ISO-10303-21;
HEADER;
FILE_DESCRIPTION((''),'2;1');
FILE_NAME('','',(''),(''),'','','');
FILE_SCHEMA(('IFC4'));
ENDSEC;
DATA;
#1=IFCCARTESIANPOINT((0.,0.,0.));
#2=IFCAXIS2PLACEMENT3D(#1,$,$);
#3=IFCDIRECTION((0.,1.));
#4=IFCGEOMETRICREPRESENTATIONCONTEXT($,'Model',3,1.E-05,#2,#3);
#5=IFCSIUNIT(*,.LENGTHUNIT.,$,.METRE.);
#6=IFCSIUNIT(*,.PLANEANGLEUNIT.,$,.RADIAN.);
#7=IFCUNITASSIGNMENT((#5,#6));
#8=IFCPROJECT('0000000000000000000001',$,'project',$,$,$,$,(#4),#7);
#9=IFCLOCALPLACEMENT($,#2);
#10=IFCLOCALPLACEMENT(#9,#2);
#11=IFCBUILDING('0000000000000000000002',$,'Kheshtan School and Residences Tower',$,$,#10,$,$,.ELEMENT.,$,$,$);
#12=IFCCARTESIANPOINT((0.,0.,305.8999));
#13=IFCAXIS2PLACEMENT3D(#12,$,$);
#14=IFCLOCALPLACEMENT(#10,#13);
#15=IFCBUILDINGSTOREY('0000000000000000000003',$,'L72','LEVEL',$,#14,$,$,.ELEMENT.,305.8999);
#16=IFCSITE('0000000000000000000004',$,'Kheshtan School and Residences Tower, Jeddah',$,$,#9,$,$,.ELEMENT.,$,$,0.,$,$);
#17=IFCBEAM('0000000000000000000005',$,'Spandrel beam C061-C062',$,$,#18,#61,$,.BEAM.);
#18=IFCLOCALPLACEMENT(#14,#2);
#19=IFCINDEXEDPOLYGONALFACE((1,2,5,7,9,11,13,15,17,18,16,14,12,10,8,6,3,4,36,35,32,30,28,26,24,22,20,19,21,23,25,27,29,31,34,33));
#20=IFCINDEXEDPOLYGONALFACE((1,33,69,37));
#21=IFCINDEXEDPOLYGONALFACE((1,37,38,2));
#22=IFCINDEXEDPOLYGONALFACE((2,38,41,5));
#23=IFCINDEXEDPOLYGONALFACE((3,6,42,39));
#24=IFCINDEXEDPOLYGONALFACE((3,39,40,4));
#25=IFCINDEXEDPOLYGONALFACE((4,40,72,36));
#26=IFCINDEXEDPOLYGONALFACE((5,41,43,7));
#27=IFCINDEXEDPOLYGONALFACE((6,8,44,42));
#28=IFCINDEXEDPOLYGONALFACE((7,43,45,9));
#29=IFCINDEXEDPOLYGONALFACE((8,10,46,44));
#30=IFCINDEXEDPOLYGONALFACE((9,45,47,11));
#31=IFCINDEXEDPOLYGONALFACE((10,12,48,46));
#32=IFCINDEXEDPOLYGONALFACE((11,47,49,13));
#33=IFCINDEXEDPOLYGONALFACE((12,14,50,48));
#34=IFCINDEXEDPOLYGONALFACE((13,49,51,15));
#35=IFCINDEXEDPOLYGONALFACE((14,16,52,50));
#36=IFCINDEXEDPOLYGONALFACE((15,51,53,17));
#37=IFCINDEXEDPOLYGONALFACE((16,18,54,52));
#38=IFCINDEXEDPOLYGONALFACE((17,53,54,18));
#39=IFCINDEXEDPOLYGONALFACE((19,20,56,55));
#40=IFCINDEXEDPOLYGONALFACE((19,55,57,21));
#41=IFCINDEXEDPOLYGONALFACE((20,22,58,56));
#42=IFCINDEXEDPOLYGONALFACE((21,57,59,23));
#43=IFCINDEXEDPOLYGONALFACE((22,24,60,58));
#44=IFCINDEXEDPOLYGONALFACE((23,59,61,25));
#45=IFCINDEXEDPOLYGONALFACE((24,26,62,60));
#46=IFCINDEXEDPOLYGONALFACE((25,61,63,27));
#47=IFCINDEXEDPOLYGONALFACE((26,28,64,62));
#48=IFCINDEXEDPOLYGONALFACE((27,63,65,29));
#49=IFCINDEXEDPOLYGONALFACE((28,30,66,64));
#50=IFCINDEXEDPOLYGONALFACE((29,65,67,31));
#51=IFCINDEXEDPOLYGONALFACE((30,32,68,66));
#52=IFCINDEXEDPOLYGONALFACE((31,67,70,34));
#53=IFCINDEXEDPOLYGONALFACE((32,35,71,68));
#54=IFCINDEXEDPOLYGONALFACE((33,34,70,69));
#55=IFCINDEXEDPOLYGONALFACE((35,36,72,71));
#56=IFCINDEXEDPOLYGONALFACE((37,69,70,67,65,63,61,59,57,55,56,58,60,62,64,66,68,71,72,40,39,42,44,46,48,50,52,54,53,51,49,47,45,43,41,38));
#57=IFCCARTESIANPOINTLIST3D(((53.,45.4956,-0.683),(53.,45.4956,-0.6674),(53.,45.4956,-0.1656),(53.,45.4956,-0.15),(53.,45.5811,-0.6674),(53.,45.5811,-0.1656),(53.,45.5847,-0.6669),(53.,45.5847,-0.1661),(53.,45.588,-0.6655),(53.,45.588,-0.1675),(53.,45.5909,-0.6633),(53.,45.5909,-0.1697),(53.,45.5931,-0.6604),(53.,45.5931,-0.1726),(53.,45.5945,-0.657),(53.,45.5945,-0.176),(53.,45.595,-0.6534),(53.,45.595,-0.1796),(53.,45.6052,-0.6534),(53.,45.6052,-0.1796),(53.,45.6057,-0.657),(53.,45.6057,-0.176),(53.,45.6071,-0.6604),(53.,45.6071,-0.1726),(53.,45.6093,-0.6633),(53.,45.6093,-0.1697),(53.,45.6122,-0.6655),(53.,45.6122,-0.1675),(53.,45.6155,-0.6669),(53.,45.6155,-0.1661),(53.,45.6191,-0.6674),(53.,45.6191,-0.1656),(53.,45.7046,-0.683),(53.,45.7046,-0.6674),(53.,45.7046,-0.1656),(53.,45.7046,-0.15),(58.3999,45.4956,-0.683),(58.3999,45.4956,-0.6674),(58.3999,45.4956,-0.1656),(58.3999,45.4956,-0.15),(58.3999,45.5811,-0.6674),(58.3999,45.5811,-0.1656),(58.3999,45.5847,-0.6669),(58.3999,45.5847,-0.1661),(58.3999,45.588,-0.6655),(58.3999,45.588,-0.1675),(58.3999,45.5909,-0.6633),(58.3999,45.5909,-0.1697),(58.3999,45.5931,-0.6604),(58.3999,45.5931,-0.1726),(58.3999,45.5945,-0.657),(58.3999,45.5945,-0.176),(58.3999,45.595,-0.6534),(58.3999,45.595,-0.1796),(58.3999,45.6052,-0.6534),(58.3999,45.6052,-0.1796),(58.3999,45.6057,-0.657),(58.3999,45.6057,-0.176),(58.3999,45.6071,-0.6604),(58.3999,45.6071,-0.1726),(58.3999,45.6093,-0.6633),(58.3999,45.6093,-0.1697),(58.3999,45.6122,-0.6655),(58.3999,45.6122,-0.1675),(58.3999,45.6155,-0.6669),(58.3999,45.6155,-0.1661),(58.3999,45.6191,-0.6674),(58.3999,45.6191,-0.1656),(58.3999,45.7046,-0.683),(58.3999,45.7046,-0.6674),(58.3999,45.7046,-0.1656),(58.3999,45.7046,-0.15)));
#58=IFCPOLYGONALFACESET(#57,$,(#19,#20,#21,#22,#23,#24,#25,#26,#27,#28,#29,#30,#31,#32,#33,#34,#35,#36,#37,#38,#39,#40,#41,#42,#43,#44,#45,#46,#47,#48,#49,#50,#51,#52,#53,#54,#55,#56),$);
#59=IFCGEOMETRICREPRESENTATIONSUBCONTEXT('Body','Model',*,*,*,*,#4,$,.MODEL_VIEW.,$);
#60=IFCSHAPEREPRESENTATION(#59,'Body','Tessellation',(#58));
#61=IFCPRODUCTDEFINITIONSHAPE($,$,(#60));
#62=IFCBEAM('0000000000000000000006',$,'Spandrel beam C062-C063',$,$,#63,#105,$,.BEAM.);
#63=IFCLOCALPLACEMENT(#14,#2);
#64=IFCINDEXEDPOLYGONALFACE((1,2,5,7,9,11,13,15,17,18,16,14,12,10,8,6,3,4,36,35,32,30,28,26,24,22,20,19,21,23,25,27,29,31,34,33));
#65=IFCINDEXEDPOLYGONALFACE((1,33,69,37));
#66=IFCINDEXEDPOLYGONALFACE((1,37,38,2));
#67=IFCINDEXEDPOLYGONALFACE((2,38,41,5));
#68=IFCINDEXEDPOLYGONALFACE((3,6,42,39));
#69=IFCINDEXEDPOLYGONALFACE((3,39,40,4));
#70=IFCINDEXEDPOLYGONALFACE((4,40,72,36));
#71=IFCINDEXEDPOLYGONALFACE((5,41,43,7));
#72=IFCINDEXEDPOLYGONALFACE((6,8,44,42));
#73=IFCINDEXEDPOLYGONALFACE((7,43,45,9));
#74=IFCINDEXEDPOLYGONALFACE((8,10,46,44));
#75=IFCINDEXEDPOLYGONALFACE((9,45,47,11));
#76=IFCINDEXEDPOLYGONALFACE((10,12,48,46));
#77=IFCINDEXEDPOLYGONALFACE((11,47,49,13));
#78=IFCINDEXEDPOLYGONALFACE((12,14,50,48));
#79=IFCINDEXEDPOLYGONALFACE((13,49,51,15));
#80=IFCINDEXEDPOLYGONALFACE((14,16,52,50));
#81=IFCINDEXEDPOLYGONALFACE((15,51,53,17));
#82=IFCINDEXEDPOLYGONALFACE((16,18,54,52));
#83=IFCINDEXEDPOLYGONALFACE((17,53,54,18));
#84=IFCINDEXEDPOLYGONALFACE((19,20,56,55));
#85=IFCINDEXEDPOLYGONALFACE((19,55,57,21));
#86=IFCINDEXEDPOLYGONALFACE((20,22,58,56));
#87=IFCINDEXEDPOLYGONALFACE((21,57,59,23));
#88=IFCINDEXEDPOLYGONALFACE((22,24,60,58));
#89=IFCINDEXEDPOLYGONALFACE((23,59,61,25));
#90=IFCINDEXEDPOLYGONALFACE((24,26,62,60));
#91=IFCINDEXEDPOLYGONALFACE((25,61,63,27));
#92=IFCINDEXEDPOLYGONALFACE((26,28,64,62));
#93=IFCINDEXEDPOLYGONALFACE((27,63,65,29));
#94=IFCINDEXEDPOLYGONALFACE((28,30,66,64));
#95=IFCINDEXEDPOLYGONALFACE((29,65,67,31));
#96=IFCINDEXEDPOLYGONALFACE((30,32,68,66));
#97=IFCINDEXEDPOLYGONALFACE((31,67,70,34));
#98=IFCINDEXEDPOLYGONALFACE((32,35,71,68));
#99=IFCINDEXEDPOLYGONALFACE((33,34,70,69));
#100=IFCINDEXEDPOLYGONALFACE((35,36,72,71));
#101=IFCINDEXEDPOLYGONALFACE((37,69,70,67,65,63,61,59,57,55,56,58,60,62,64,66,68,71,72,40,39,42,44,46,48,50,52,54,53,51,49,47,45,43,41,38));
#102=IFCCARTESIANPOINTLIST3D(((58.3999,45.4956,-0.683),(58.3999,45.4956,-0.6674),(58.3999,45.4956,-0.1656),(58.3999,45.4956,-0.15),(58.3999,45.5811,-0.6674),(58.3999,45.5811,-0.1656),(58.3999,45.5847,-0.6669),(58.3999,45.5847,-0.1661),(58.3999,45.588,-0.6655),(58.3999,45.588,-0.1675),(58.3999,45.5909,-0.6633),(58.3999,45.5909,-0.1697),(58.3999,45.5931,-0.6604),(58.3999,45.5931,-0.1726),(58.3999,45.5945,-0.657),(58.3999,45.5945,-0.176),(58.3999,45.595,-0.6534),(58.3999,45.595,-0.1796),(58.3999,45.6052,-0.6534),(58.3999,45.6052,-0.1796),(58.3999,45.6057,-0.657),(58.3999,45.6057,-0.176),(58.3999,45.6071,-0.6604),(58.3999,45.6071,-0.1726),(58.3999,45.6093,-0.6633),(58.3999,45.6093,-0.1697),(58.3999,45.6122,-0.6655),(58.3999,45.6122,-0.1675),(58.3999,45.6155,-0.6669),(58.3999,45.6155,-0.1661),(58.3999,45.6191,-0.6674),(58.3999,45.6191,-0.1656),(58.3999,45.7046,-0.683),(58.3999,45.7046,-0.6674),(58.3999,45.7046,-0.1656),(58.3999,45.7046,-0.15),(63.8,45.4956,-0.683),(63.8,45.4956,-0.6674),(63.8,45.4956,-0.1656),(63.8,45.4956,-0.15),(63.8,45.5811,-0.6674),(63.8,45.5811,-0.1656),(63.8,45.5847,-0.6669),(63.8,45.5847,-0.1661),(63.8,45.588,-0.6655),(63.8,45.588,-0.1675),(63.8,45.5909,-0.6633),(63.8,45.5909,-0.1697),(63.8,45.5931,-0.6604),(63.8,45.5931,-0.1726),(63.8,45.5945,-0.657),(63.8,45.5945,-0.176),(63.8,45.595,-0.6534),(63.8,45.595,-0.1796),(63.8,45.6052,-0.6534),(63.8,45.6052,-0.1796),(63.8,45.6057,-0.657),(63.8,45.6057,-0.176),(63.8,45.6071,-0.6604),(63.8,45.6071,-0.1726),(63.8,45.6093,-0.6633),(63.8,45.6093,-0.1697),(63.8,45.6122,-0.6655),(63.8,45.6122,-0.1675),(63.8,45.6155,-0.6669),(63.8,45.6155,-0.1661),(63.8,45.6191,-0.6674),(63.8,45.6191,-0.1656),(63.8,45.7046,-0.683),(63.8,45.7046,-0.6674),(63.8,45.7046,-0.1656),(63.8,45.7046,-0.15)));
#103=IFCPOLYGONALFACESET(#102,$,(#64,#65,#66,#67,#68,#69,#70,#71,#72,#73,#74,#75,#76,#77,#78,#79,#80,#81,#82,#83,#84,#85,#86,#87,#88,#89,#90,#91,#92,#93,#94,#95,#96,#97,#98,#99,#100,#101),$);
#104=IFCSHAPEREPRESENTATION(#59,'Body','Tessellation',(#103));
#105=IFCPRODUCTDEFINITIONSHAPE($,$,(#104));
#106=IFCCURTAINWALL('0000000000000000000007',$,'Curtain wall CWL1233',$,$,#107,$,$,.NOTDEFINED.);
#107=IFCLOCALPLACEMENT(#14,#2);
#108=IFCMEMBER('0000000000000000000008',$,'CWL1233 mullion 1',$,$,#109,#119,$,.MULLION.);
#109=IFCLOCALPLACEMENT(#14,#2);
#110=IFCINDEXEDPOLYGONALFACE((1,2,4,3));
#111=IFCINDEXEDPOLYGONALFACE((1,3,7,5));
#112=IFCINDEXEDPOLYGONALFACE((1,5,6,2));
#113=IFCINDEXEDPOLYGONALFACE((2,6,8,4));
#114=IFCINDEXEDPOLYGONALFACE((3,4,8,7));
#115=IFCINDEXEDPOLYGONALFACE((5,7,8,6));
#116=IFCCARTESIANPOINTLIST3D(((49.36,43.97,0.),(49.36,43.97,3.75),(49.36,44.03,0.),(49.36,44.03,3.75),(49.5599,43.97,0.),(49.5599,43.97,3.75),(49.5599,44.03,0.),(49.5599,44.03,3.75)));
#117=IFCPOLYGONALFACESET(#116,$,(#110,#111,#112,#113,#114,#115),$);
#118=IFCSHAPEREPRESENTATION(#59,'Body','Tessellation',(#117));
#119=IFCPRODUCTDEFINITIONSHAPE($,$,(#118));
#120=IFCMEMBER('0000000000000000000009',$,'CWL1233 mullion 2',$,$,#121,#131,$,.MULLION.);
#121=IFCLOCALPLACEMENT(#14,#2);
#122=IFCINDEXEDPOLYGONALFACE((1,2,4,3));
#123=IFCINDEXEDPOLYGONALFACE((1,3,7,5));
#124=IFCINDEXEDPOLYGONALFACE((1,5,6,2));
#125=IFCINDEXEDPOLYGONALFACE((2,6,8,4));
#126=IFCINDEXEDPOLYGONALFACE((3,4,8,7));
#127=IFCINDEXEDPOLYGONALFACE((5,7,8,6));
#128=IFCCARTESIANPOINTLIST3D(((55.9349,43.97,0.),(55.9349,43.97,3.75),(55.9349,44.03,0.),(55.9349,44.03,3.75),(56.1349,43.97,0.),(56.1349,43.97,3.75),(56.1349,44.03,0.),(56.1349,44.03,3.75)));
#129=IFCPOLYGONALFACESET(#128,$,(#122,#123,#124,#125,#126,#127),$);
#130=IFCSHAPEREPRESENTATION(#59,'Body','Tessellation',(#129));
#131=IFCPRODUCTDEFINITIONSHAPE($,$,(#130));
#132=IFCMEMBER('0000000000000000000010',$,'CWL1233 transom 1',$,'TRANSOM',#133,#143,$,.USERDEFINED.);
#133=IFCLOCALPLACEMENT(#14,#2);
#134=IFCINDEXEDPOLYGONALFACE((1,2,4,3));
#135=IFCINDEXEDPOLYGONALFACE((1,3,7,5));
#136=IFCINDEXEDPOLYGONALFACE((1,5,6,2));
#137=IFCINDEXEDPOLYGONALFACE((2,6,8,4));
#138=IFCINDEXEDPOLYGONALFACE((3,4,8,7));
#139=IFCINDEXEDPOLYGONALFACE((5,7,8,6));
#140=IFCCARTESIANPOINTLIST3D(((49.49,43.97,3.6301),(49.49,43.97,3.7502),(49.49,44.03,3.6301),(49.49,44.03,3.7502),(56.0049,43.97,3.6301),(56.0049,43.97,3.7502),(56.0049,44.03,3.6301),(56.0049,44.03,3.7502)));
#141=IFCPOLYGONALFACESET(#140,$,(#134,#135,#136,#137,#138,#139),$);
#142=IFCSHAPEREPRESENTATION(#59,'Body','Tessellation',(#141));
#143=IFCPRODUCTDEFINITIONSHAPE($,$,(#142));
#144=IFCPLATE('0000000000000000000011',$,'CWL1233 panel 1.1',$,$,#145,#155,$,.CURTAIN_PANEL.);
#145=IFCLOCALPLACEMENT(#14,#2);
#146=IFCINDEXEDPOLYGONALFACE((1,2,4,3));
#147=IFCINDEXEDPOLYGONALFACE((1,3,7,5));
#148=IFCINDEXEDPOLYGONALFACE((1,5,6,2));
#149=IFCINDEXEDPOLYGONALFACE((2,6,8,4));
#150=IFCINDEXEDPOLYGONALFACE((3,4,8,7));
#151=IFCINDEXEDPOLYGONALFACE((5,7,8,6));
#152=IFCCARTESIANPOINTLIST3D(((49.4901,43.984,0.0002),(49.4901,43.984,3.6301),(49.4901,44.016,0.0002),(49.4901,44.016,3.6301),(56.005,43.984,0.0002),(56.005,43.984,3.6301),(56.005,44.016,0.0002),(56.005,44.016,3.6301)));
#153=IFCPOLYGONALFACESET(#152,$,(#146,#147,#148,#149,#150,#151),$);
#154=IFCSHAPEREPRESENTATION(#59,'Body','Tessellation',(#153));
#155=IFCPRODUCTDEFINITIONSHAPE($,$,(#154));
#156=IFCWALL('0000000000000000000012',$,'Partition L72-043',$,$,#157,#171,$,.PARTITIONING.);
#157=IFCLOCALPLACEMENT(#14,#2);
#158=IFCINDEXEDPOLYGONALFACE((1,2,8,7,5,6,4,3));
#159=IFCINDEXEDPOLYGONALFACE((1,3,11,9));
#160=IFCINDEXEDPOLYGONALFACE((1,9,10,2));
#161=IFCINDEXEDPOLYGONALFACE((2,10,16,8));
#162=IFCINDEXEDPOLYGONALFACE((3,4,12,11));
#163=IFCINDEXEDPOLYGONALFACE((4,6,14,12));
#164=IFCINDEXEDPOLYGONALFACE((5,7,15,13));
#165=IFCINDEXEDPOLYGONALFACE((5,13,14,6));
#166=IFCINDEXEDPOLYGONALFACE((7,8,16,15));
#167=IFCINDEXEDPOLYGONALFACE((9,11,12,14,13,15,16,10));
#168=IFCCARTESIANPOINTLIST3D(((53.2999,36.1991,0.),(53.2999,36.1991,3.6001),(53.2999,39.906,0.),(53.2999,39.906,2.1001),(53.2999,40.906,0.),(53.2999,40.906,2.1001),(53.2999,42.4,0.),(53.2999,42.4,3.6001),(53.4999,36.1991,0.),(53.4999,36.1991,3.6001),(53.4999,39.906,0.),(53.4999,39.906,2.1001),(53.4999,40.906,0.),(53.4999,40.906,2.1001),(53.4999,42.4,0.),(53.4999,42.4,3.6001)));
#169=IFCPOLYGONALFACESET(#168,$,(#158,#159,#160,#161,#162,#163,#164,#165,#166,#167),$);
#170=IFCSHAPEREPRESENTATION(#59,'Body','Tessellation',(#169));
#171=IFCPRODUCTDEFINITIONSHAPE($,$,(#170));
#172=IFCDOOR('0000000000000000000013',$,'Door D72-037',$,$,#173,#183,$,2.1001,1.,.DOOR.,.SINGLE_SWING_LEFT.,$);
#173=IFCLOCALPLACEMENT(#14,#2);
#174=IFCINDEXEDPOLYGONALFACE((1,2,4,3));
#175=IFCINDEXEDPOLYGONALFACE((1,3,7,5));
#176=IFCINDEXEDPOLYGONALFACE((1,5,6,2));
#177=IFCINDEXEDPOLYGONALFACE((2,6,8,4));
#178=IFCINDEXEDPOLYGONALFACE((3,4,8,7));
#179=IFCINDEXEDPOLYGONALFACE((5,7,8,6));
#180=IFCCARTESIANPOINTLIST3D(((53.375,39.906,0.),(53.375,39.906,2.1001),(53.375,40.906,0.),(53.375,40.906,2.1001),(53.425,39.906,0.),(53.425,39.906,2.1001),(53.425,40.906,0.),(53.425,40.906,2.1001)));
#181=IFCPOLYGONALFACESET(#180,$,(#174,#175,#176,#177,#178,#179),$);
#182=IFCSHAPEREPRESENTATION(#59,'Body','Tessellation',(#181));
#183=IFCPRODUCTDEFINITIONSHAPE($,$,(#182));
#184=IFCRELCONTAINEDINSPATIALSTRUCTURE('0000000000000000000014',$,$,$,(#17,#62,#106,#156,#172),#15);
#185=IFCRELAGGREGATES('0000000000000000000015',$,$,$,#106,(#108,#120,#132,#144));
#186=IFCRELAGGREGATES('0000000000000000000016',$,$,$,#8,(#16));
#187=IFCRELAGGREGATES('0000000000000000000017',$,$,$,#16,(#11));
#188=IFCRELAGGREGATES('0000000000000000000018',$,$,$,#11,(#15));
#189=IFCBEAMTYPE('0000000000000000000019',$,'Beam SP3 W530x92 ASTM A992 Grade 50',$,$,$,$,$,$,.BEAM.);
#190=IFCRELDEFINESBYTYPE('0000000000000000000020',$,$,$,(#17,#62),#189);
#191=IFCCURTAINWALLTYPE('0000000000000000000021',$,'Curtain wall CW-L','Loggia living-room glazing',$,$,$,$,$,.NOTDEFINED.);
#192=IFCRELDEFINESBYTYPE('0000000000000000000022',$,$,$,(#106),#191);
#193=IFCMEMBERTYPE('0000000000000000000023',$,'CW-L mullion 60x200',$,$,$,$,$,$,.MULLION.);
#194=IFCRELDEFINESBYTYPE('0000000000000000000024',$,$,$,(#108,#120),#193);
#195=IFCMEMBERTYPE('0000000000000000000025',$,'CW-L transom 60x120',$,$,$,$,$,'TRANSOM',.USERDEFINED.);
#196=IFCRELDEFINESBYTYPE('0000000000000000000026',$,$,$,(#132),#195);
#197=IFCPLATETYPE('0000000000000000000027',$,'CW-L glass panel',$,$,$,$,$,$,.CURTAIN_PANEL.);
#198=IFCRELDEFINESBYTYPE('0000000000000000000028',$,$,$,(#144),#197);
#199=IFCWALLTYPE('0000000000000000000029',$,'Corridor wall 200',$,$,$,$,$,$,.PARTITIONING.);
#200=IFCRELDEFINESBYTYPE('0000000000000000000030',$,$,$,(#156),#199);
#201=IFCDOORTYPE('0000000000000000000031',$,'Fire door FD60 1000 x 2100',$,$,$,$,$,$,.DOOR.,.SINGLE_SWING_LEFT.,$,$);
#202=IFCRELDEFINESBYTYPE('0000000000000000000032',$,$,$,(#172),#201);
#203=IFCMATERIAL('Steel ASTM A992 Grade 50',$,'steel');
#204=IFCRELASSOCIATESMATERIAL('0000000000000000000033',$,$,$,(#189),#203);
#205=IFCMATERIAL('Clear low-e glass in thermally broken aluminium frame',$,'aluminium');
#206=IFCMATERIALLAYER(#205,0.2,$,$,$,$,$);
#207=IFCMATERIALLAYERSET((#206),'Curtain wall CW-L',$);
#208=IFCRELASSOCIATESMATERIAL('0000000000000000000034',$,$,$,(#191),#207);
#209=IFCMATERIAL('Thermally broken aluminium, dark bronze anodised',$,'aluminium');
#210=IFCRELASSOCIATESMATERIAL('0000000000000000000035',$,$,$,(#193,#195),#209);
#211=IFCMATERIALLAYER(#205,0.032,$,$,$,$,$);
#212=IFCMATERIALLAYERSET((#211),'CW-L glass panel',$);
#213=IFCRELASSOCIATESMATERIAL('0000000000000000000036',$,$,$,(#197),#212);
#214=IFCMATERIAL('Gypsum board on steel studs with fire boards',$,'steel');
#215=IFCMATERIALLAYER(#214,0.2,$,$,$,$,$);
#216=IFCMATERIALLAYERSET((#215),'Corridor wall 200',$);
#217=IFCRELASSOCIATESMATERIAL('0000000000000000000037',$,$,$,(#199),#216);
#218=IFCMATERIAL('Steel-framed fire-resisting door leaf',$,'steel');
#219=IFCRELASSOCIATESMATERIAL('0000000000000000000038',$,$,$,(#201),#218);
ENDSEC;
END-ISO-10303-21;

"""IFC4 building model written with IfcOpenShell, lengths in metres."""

from ifc_helpers import new_model, si_unit, direction, frame, frame_2d, origin, origin_2d, place, context, subcontext, project, spatial, rectangle, i_section, extrude, source, transform, mapped, material, layer, layer_set, material_profile, profile_set, type_object, element, fill, aggregate, save


model = new_model("IFC4")

# Units and contexts
model_context = context("Model", 3, precision=1e-05, world=origin(), true_north=direction((0.0, 1.0)))
body_context = subcontext(model_context, "Body", "Model", "MODEL_VIEW")
ifc_project = project(units=[si_unit("LENGTHUNIT", "METRE"), si_unit("PLANEANGLEUNIT", "RADIAN")], contexts=[model_context])

# Site, building, storey
site_placement = place(None, origin())
site = spatial("IfcSite", under=ifc_project, at=site_placement, Name="Kheshtan School and Residences Tower, Jeddah", CompositionType="ELEMENT", RefElevation=0.0)
building_placement = place(site_placement, origin())
building = spatial("IfcBuilding", under=site, at=building_placement, Name="Kheshtan School and Residences Tower", CompositionType="ELEMENT")
storey_placement = place(building_placement, frame((0.0, 0.0, 305.8999)))
storey = spatial("IfcBuildingStorey", under=building, at=storey_placement, Name="L72", Description="LEVEL", CompositionType="ELEMENT", Elevation=305.8999)

# Shared definitions
ifc_material_1 = material(Name="Steel ASTM A992 Grade 50", Category="steel")

# Beams
ifc_material_profile_1 = material_profile(ifc_material_1, i_section(OverallWidth=0.209, OverallDepth=0.533, WebThickness=0.0103, FlangeThickness=0.0156, FilletRadius=0.0139, at=origin_2d()), Name="W530x92")
ifc_profile_set_1 = profile_set([ifc_material_profile_1], Name="Steel ASTM A992 Grade 50")
beam_type = type_object("IfcBeamType", Name="Beam SP3 W530x92 ASTM A992 Grade 50", PredefinedType="BEAM", material=ifc_profile_set_1)
beam_1_placement = place(storey_placement, frame((53.0, 45.6001, -0.4165), z_axis=(1.0, 0.0, 0.0), x_axis=(0.0, 1.0, 0.0)))
element("IfcBeam", 1, at=beam_1_placement, inside=storey, type_object=beam_type, Name="Spandrel beam C061-C062", PredefinedType="BEAM", context=body_context, shape_type="SweptSolid", body=[
    extrude(i_section(OverallWidth=0.209, OverallDepth=0.533, WebThickness=0.0103, FlangeThickness=0.0156, FilletRadius=0.0139, at=origin_2d()), origin(), (0.0, 0.0, 1.0), 5.3999),
])
beam_2_placement = place(storey_placement, frame((58.3999, 45.6001, -0.4165), z_axis=(1.0, 0.0, 0.0), x_axis=(0.0, 1.0, 0.0)))
element("IfcBeam", 2, at=beam_2_placement, inside=storey, type_object=beam_type, Name="Spandrel beam C062-C063", PredefinedType="BEAM", context=body_context, shape_type="SweptSolid", body=[
    extrude(i_section(OverallWidth=0.209, OverallDepth=0.533, WebThickness=0.0103, FlangeThickness=0.0156, FilletRadius=0.0139, at=origin_2d()), origin(), (0.0, 0.0, 1.0), 5.4001),
])

# Curtain wall, members, plate
ifc_material_2 = material(Name="Clear low-e glass in thermally broken aluminium frame", Category="aluminium")
ifc_layer_1 = layer(ifc_material_2, 0.2)
ifc_layer_set_1 = layer_set([ifc_layer_1], Name="Curtain wall CW-L")
curtain_wall_type = type_object("IfcCurtainWallType", Name="Curtain wall CW-L", Description="Loggia living-room glazing", PredefinedType="NOTDEFINED", material=ifc_layer_set_1)
curtain_wall_placement = place(storey_placement, origin())
curtain_wall = element("IfcCurtainWall", 3, at=curtain_wall_placement, inside=storey, type_object=curtain_wall_type, Name="Curtain wall CWL1233", PredefinedType="NOTDEFINED")
ifc_material_3 = material(Name="Thermally broken aluminium, dark bronze anodised", Category="aluminium")
ifc_material_profile_2 = material_profile(ifc_material_3, rectangle(XDim=0.0601, YDim=0.2, at=origin_2d()), Name="CW-L mullion 60x200")
ifc_profile_set_2 = profile_set([ifc_material_profile_2], Name="Thermally broken aluminium, dark bronze anodised")
member_type_1 = type_object("IfcMemberType", Name="CW-L mullion 60x200", PredefinedType="MULLION", material=ifc_profile_set_2)
member_1_placement = place(storey_placement, frame((49.46, 44.0, 0.0), z_axis=(0.0, 0.0, 1.0), x_axis=(0.0, 1.0, 0.0)))
member_1 = element("IfcMember", 4, at=member_1_placement, type_object=member_type_1, Name="CWL1233 mullion 1", PredefinedType="MULLION", context=body_context, shape_type="SweptSolid", body=[
    extrude(rectangle(XDim=0.0601, YDim=0.2, at=origin_2d()), origin(), (0.0, 0.0, 1.0), 3.75),
])
member_2_placement = place(storey_placement, frame((56.0349, 44.0, 0.0), z_axis=(0.0, 0.0, 1.0), x_axis=(0.0, 1.0, 0.0)))
member_2 = element("IfcMember", 5, at=member_2_placement, type_object=member_type_1, Name="CWL1233 mullion 2", PredefinedType="MULLION", context=body_context, shape_type="SweptSolid", body=[
    extrude(rectangle(XDim=0.0601, YDim=0.2, at=origin_2d()), origin(), (0.0, 0.0, 1.0), 3.75),
])
ifc_material_profile_3 = material_profile(ifc_material_3, rectangle(XDim=0.0601, YDim=0.1201, at=origin_2d()), Name="CW-L transom 60x120")
ifc_profile_set_3 = profile_set([ifc_material_profile_3], Name="Thermally broken aluminium, dark bronze anodised")
member_type_2 = type_object("IfcMemberType", Name="CW-L transom 60x120", ElementType="TRANSOM", PredefinedType="USERDEFINED", material=ifc_profile_set_3)
member_3_placement = place(storey_placement, frame((49.49, 44.0, 3.6902), z_axis=(1.0, 0.0, 0.0), x_axis=(0.0, 1.0, 0.0)))
member_3 = element("IfcMember", 6, at=member_3_placement, type_object=member_type_2, Name="CWL1233 transom 1", ObjectType="TRANSOM", PredefinedType="USERDEFINED", context=body_context, shape_type="SweptSolid", body=[
    extrude(rectangle(XDim=0.0601, YDim=0.1201, at=origin_2d()), origin(), (0.0, 0.0, 1.0), 6.5149),
])
ifc_layer_2 = layer(ifc_material_2, 0.032)
ifc_layer_set_2 = layer_set([ifc_layer_2], Name="CW-L glass panel")
plate_type = type_object("IfcPlateType", Name="CW-L glass panel", PredefinedType="CURTAIN_PANEL", material=ifc_layer_set_2)
plate_placement = place(storey_placement, frame((52.7476, 44.0, 0.0002), z_axis=(0.0, 0.0, 1.0), x_axis=(1.0, 0.0, 0.0)))
plate = element("IfcPlate", 7, at=plate_placement, type_object=plate_type, Name="CWL1233 panel 1.1", PredefinedType="CURTAIN_PANEL", context=body_context, shape_type="SweptSolid", body=[
    extrude(rectangle(XDim=6.5149, YDim=0.032, at=origin_2d()), origin(), (0.0, 0.0, 1.0), 3.6299),
])
aggregate(curtain_wall, [member_1, member_2, member_3, plate])

# Wall, opening, door
ifc_material_4 = material(Name="Gypsum board on steel studs with fire boards", Category="steel")
ifc_layer_3 = layer(ifc_material_4, 0.2)
ifc_layer_set_3 = layer_set([ifc_layer_3], Name="Corridor wall 200")
wall_type_1 = type_object("IfcWallType", Name="Corridor wall 200", PredefinedType="PARTITIONING", material=ifc_layer_set_3)
wall_1_placement = place(storey_placement, frame((53.3999, 36.199, 0.0), z_axis=(0.0, 0.0, 1.0), x_axis=(0.0, 1.0, 0.0)))
wall_1 = element("IfcWall", 8, at=wall_1_placement, inside=storey, type_object=wall_type_1, Name="Partition L72-043", PredefinedType="PARTITIONING", context=body_context, shape_type="SweptSolid", body=[
    extrude(rectangle(XDim=6.2009, YDim=0.2, at=frame_2d((3.1006, 0.0))), origin(), (0.0, 0.0, 1.0), 3.6001),
])
opening_1_placement = place(wall_1_placement, frame((3.707, 0.0, 0.0)))
opening_1 = element("IfcOpeningElement", 9, at=opening_1_placement, cuts=wall_1, PredefinedType="OPENING", context=body_context, shape_type="SweptSolid", body=[
    extrude(rectangle(XDim=1.0, YDim=2.1001, at=frame_2d((0.5, 1.05))), frame((0.0, 0.1099, 0.0), z_axis=(0.0, -1.0, 0.0), x_axis=(1.0, 0.0, 0.0)), (0.0, 0.0, 1.0), 0.22),
])
ifc_material_5 = material(Name="Steel-framed fire-resisting door leaf", Category="steel")
door_type_1 = type_object("IfcDoorType", Name="Fire door FD60 1000 x 2100", OperationType="SINGLE_SWING_LEFT", PredefinedType="DOOR", material=ifc_material_5)
shared_shape_1 = source(origin(), body_context, "Body", "SweptSolid", [
    extrude(rectangle(XDim=1.0, YDim=2.1001, at=frame_2d((0.5, 1.05))), frame((0.0, 0.0249, 0.0), z_axis=(0.0, -1.0, 0.0), x_axis=(1.0, 0.0, 0.0)), (0.0, 0.0, 1.0), 0.05),
])
door_1_placement = place(opening_1_placement, origin())
door_1 = element("IfcDoor", 10, at=door_1_placement, inside=storey, type_object=door_type_1, Name="Door D72-037", OperationType="SINGLE_SWING_LEFT", OverallHeight=2.1001, OverallWidth=1.0, PredefinedType="DOOR", context=body_context, shape_type="MappedRepresentation", body=[
    mapped(shared_shape_1, transform((0.0, 0.0, 0.0), x_axis=(1.0, 0.0, 0.0), y_axis=(0.0, 1.0, 0.0), z_axis=(0.0, 0.0, 1.0), scale=1.0)),
])
fill(opening_1, door_1)

save(model, "model.ifc")
